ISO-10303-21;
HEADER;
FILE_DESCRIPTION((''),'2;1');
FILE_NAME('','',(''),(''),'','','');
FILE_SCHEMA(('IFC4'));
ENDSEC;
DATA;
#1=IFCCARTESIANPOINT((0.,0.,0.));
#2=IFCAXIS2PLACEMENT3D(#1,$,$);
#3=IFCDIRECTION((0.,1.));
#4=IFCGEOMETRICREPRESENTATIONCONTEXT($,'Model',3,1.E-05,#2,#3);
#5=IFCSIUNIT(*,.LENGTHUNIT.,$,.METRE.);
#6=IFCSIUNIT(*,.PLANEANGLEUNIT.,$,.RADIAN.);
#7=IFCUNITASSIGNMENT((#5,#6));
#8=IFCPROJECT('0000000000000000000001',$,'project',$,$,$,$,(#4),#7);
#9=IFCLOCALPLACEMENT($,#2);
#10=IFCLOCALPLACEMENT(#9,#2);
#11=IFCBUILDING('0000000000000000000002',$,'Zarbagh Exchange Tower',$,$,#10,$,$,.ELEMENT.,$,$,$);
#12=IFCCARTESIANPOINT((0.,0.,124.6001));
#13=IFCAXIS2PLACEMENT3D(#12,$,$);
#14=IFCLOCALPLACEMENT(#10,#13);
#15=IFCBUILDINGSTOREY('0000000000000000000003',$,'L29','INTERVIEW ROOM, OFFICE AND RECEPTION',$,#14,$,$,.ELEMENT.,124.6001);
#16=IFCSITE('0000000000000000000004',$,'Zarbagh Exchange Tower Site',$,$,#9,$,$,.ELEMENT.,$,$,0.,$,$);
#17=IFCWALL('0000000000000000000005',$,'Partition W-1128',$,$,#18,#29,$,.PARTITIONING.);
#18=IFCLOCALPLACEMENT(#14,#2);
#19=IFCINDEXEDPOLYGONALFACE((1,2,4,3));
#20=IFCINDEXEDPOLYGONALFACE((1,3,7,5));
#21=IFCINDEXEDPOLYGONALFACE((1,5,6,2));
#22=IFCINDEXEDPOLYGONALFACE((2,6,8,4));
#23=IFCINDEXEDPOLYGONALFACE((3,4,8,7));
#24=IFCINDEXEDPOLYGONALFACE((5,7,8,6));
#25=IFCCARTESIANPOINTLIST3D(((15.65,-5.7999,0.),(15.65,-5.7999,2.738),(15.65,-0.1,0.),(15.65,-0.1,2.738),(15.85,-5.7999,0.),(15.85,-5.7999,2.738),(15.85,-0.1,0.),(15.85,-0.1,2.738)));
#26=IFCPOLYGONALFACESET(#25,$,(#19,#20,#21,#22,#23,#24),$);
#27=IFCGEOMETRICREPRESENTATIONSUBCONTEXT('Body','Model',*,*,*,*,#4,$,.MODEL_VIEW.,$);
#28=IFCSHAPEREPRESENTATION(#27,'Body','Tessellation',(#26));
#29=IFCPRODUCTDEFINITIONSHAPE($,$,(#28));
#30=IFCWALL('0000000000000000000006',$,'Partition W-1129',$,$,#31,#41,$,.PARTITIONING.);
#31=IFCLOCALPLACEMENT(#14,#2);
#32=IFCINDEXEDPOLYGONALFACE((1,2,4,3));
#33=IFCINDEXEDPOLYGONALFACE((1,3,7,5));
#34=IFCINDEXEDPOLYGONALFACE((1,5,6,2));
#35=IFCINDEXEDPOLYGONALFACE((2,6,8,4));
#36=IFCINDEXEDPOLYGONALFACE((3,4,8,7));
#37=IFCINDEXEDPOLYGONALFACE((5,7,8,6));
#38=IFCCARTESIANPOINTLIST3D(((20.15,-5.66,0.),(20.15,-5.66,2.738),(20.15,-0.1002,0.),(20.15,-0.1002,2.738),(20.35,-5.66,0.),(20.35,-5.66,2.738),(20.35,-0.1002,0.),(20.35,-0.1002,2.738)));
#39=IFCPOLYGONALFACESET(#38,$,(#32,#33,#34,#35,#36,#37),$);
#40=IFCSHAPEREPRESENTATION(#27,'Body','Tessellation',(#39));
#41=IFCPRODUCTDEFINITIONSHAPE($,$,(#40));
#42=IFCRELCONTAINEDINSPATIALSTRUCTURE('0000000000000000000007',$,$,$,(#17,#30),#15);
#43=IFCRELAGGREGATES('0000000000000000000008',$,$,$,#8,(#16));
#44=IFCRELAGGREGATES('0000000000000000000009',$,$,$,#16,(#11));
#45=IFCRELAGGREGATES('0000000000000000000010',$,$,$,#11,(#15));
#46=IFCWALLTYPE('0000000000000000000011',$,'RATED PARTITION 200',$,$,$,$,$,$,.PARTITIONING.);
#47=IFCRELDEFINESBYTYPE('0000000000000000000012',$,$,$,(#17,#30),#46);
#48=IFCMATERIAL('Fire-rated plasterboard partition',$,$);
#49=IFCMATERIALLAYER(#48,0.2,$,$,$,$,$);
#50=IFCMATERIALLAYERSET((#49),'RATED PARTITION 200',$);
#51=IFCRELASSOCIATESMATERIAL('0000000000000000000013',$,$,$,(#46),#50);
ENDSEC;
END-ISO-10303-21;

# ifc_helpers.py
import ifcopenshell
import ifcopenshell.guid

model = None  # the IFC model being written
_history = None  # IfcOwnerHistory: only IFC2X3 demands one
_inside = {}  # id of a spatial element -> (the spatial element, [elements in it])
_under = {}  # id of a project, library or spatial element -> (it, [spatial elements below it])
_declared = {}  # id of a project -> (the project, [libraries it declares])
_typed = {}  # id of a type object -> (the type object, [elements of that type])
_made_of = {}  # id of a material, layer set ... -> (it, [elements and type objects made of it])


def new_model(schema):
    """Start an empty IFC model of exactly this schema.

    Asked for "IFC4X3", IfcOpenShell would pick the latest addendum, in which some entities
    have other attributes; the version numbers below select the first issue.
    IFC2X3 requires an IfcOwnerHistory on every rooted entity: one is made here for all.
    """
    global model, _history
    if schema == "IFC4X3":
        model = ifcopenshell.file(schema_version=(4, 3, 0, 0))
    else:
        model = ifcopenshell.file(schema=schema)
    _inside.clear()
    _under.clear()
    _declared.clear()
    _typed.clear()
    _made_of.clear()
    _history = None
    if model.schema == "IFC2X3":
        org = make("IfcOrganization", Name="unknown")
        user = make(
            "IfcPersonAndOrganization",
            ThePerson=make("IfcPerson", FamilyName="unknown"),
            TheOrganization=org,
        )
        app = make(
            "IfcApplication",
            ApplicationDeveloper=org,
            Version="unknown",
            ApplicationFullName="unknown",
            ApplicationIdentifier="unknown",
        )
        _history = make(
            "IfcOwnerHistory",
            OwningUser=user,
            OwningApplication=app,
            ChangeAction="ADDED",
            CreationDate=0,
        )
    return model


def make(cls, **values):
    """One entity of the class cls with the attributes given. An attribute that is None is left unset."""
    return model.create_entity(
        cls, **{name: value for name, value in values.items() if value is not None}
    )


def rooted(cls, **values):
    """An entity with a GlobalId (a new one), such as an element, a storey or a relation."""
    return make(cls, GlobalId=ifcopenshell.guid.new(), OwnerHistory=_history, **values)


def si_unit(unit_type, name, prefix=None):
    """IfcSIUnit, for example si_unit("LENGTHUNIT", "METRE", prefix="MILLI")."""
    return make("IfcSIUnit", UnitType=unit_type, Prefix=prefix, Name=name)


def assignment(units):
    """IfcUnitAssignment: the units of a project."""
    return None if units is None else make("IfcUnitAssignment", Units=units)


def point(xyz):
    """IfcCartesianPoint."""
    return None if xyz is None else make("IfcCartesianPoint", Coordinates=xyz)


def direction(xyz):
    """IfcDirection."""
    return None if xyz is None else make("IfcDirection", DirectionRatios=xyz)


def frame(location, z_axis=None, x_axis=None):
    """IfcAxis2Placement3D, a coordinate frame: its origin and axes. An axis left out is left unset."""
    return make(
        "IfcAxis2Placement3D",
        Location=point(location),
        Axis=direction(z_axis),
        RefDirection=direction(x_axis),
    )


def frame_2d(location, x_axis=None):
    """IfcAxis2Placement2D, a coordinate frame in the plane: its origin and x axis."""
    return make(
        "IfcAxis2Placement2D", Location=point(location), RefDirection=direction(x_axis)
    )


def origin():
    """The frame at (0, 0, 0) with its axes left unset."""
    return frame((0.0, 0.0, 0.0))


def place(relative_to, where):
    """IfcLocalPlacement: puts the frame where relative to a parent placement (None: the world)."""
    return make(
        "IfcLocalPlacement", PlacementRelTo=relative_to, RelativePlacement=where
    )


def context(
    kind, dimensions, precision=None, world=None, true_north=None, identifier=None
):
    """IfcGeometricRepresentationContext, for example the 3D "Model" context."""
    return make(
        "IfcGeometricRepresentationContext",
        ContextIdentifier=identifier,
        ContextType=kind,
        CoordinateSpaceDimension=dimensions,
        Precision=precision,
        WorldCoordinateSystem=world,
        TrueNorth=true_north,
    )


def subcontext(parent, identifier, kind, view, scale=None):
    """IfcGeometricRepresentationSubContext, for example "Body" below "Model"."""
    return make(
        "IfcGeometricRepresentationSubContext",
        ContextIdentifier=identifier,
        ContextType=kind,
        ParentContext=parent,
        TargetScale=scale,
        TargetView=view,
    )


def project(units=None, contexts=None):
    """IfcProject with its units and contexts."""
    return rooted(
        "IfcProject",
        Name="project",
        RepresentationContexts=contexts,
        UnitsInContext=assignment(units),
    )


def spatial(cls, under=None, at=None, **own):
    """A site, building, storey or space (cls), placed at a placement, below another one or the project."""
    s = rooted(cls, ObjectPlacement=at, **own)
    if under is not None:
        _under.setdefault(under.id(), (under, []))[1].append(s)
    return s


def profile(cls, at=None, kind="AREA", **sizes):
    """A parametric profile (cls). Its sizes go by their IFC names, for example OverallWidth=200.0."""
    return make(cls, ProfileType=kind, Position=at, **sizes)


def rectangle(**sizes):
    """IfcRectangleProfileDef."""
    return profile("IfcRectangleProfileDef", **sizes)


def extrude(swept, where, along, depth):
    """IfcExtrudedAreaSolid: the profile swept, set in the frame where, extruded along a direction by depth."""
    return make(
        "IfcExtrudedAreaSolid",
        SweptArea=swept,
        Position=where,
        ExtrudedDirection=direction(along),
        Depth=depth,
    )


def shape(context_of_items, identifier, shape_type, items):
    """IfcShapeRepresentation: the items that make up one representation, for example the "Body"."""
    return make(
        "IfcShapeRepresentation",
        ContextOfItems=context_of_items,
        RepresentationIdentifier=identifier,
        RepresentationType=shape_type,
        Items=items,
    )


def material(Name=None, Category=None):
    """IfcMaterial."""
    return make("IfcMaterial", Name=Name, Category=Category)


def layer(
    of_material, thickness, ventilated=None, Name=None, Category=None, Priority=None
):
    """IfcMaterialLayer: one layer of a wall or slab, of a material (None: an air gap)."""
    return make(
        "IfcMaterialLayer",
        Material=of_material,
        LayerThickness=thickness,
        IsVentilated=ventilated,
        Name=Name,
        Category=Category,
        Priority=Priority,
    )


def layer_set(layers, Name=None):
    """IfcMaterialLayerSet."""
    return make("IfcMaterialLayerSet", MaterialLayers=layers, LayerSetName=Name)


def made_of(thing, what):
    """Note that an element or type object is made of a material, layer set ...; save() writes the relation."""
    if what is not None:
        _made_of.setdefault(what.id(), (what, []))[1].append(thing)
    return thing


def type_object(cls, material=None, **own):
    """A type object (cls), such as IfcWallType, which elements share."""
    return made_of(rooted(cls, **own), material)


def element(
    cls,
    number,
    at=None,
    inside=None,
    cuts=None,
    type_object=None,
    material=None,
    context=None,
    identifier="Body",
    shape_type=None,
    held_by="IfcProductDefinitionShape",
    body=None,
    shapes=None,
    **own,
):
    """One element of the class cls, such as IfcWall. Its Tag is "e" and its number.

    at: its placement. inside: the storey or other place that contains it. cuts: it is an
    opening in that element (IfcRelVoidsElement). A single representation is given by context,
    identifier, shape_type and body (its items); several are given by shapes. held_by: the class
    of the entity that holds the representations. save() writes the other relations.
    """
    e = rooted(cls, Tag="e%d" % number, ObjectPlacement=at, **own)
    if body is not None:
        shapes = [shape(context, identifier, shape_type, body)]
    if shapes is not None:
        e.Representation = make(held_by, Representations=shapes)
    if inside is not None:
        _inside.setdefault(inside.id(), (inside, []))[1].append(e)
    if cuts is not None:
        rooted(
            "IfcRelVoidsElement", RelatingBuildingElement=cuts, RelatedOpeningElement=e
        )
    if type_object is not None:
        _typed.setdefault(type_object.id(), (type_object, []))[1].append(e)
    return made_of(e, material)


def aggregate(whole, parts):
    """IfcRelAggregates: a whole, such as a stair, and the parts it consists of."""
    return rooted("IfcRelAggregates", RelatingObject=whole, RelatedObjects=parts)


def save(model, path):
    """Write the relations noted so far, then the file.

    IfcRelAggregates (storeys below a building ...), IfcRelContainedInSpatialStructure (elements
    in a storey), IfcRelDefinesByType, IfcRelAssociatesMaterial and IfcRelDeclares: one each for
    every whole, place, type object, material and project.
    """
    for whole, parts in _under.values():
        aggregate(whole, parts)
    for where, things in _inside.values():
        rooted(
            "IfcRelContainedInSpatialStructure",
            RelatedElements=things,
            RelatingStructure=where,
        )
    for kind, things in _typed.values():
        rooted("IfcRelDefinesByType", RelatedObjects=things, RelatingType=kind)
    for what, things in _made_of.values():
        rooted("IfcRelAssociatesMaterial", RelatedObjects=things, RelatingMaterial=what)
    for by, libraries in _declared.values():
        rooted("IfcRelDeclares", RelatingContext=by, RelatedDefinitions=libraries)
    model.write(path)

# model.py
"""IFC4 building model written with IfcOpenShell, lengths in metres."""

from ifc_helpers import new_model, si_unit, direction, frame, frame_2d, origin, place, context, subcontext, project, spatial, rectangle, extrude, material, layer, layer_set, type_object, element, save


model = new_model("IFC4")

# Units and contexts
model_context = context("Model", 3, precision=1e-05, world=origin(), true_north=direction((0.0, 1.0)))
body_context = subcontext(model_context, "Body", "Model", "MODEL_VIEW")
ifc_project = project(units=[si_unit("LENGTHUNIT", "METRE"), si_unit("PLANEANGLEUNIT", "RADIAN")], contexts=[model_context])

# Site, building, storey
site_placement = place(None, origin())
site = spatial("IfcSite", under=ifc_project, at=site_placement, Name="Zarbagh Exchange Tower Site", CompositionType="ELEMENT", RefElevation=0.0)
building_placement = place(site_placement, origin())
building = spatial("IfcBuilding", under=site, at=building_placement, Name="Zarbagh Exchange Tower", CompositionType="ELEMENT")
storey_placement = place(building_placement, frame((0.0, 0.0, 124.6001)))
storey = spatial("IfcBuildingStorey", under=building, at=storey_placement, Name="L29", Description="INTERVIEW ROOM, OFFICE AND RECEPTION", CompositionType="ELEMENT", Elevation=124.6001)

# Shared definitions
ifc_material_1 = material(Name="Fire-rated plasterboard partition")
ifc_layer_1 = layer(ifc_material_1, 0.2)
ifc_layer_set_1 = layer_set([ifc_layer_1], Name="RATED PARTITION 200")
wall_type_1 = type_object("IfcWallType", Name="RATED PARTITION 200", PredefinedType="PARTITIONING", material=ifc_layer_set_1)

# Walls
wall_1_placement = place(storey_placement, frame((15.75, -5.8, 0.0), z_axis=(0.0, 0.0, 1.0), x_axis=(0.0, 1.0, 0.0)))
element("IfcWall", 1, at=wall_1_placement, inside=storey, type_object=wall_type_1, Name="Partition W-1128", PredefinedType="PARTITIONING", context=body_context, shape_type="SweptSolid", body=[
    extrude(rectangle(XDim=5.7, YDim=0.2, at=frame_2d((2.8501, 0.0))), origin(), (0.0, 0.0, 1.0), 2.738),
])
wall_2_placement = place(storey_placement, frame((20.25, -5.6599, 0.0), z_axis=(0.0, 0.0, 1.0), x_axis=(0.0, 1.0, 0.0)))
element("IfcWall", 2, at=wall_2_placement, inside=storey, type_object=wall_type_1, Name="Partition W-1129", PredefinedType="PARTITIONING", context=body_context, shape_type="SweptSolid", body=[
    extrude(rectangle(XDim=5.5598, YDim=0.2, at=frame_2d((2.7798, 0.0))), origin(), (0.0, 0.0, 1.0), 2.738),
])

save(model, "model.ifc")
